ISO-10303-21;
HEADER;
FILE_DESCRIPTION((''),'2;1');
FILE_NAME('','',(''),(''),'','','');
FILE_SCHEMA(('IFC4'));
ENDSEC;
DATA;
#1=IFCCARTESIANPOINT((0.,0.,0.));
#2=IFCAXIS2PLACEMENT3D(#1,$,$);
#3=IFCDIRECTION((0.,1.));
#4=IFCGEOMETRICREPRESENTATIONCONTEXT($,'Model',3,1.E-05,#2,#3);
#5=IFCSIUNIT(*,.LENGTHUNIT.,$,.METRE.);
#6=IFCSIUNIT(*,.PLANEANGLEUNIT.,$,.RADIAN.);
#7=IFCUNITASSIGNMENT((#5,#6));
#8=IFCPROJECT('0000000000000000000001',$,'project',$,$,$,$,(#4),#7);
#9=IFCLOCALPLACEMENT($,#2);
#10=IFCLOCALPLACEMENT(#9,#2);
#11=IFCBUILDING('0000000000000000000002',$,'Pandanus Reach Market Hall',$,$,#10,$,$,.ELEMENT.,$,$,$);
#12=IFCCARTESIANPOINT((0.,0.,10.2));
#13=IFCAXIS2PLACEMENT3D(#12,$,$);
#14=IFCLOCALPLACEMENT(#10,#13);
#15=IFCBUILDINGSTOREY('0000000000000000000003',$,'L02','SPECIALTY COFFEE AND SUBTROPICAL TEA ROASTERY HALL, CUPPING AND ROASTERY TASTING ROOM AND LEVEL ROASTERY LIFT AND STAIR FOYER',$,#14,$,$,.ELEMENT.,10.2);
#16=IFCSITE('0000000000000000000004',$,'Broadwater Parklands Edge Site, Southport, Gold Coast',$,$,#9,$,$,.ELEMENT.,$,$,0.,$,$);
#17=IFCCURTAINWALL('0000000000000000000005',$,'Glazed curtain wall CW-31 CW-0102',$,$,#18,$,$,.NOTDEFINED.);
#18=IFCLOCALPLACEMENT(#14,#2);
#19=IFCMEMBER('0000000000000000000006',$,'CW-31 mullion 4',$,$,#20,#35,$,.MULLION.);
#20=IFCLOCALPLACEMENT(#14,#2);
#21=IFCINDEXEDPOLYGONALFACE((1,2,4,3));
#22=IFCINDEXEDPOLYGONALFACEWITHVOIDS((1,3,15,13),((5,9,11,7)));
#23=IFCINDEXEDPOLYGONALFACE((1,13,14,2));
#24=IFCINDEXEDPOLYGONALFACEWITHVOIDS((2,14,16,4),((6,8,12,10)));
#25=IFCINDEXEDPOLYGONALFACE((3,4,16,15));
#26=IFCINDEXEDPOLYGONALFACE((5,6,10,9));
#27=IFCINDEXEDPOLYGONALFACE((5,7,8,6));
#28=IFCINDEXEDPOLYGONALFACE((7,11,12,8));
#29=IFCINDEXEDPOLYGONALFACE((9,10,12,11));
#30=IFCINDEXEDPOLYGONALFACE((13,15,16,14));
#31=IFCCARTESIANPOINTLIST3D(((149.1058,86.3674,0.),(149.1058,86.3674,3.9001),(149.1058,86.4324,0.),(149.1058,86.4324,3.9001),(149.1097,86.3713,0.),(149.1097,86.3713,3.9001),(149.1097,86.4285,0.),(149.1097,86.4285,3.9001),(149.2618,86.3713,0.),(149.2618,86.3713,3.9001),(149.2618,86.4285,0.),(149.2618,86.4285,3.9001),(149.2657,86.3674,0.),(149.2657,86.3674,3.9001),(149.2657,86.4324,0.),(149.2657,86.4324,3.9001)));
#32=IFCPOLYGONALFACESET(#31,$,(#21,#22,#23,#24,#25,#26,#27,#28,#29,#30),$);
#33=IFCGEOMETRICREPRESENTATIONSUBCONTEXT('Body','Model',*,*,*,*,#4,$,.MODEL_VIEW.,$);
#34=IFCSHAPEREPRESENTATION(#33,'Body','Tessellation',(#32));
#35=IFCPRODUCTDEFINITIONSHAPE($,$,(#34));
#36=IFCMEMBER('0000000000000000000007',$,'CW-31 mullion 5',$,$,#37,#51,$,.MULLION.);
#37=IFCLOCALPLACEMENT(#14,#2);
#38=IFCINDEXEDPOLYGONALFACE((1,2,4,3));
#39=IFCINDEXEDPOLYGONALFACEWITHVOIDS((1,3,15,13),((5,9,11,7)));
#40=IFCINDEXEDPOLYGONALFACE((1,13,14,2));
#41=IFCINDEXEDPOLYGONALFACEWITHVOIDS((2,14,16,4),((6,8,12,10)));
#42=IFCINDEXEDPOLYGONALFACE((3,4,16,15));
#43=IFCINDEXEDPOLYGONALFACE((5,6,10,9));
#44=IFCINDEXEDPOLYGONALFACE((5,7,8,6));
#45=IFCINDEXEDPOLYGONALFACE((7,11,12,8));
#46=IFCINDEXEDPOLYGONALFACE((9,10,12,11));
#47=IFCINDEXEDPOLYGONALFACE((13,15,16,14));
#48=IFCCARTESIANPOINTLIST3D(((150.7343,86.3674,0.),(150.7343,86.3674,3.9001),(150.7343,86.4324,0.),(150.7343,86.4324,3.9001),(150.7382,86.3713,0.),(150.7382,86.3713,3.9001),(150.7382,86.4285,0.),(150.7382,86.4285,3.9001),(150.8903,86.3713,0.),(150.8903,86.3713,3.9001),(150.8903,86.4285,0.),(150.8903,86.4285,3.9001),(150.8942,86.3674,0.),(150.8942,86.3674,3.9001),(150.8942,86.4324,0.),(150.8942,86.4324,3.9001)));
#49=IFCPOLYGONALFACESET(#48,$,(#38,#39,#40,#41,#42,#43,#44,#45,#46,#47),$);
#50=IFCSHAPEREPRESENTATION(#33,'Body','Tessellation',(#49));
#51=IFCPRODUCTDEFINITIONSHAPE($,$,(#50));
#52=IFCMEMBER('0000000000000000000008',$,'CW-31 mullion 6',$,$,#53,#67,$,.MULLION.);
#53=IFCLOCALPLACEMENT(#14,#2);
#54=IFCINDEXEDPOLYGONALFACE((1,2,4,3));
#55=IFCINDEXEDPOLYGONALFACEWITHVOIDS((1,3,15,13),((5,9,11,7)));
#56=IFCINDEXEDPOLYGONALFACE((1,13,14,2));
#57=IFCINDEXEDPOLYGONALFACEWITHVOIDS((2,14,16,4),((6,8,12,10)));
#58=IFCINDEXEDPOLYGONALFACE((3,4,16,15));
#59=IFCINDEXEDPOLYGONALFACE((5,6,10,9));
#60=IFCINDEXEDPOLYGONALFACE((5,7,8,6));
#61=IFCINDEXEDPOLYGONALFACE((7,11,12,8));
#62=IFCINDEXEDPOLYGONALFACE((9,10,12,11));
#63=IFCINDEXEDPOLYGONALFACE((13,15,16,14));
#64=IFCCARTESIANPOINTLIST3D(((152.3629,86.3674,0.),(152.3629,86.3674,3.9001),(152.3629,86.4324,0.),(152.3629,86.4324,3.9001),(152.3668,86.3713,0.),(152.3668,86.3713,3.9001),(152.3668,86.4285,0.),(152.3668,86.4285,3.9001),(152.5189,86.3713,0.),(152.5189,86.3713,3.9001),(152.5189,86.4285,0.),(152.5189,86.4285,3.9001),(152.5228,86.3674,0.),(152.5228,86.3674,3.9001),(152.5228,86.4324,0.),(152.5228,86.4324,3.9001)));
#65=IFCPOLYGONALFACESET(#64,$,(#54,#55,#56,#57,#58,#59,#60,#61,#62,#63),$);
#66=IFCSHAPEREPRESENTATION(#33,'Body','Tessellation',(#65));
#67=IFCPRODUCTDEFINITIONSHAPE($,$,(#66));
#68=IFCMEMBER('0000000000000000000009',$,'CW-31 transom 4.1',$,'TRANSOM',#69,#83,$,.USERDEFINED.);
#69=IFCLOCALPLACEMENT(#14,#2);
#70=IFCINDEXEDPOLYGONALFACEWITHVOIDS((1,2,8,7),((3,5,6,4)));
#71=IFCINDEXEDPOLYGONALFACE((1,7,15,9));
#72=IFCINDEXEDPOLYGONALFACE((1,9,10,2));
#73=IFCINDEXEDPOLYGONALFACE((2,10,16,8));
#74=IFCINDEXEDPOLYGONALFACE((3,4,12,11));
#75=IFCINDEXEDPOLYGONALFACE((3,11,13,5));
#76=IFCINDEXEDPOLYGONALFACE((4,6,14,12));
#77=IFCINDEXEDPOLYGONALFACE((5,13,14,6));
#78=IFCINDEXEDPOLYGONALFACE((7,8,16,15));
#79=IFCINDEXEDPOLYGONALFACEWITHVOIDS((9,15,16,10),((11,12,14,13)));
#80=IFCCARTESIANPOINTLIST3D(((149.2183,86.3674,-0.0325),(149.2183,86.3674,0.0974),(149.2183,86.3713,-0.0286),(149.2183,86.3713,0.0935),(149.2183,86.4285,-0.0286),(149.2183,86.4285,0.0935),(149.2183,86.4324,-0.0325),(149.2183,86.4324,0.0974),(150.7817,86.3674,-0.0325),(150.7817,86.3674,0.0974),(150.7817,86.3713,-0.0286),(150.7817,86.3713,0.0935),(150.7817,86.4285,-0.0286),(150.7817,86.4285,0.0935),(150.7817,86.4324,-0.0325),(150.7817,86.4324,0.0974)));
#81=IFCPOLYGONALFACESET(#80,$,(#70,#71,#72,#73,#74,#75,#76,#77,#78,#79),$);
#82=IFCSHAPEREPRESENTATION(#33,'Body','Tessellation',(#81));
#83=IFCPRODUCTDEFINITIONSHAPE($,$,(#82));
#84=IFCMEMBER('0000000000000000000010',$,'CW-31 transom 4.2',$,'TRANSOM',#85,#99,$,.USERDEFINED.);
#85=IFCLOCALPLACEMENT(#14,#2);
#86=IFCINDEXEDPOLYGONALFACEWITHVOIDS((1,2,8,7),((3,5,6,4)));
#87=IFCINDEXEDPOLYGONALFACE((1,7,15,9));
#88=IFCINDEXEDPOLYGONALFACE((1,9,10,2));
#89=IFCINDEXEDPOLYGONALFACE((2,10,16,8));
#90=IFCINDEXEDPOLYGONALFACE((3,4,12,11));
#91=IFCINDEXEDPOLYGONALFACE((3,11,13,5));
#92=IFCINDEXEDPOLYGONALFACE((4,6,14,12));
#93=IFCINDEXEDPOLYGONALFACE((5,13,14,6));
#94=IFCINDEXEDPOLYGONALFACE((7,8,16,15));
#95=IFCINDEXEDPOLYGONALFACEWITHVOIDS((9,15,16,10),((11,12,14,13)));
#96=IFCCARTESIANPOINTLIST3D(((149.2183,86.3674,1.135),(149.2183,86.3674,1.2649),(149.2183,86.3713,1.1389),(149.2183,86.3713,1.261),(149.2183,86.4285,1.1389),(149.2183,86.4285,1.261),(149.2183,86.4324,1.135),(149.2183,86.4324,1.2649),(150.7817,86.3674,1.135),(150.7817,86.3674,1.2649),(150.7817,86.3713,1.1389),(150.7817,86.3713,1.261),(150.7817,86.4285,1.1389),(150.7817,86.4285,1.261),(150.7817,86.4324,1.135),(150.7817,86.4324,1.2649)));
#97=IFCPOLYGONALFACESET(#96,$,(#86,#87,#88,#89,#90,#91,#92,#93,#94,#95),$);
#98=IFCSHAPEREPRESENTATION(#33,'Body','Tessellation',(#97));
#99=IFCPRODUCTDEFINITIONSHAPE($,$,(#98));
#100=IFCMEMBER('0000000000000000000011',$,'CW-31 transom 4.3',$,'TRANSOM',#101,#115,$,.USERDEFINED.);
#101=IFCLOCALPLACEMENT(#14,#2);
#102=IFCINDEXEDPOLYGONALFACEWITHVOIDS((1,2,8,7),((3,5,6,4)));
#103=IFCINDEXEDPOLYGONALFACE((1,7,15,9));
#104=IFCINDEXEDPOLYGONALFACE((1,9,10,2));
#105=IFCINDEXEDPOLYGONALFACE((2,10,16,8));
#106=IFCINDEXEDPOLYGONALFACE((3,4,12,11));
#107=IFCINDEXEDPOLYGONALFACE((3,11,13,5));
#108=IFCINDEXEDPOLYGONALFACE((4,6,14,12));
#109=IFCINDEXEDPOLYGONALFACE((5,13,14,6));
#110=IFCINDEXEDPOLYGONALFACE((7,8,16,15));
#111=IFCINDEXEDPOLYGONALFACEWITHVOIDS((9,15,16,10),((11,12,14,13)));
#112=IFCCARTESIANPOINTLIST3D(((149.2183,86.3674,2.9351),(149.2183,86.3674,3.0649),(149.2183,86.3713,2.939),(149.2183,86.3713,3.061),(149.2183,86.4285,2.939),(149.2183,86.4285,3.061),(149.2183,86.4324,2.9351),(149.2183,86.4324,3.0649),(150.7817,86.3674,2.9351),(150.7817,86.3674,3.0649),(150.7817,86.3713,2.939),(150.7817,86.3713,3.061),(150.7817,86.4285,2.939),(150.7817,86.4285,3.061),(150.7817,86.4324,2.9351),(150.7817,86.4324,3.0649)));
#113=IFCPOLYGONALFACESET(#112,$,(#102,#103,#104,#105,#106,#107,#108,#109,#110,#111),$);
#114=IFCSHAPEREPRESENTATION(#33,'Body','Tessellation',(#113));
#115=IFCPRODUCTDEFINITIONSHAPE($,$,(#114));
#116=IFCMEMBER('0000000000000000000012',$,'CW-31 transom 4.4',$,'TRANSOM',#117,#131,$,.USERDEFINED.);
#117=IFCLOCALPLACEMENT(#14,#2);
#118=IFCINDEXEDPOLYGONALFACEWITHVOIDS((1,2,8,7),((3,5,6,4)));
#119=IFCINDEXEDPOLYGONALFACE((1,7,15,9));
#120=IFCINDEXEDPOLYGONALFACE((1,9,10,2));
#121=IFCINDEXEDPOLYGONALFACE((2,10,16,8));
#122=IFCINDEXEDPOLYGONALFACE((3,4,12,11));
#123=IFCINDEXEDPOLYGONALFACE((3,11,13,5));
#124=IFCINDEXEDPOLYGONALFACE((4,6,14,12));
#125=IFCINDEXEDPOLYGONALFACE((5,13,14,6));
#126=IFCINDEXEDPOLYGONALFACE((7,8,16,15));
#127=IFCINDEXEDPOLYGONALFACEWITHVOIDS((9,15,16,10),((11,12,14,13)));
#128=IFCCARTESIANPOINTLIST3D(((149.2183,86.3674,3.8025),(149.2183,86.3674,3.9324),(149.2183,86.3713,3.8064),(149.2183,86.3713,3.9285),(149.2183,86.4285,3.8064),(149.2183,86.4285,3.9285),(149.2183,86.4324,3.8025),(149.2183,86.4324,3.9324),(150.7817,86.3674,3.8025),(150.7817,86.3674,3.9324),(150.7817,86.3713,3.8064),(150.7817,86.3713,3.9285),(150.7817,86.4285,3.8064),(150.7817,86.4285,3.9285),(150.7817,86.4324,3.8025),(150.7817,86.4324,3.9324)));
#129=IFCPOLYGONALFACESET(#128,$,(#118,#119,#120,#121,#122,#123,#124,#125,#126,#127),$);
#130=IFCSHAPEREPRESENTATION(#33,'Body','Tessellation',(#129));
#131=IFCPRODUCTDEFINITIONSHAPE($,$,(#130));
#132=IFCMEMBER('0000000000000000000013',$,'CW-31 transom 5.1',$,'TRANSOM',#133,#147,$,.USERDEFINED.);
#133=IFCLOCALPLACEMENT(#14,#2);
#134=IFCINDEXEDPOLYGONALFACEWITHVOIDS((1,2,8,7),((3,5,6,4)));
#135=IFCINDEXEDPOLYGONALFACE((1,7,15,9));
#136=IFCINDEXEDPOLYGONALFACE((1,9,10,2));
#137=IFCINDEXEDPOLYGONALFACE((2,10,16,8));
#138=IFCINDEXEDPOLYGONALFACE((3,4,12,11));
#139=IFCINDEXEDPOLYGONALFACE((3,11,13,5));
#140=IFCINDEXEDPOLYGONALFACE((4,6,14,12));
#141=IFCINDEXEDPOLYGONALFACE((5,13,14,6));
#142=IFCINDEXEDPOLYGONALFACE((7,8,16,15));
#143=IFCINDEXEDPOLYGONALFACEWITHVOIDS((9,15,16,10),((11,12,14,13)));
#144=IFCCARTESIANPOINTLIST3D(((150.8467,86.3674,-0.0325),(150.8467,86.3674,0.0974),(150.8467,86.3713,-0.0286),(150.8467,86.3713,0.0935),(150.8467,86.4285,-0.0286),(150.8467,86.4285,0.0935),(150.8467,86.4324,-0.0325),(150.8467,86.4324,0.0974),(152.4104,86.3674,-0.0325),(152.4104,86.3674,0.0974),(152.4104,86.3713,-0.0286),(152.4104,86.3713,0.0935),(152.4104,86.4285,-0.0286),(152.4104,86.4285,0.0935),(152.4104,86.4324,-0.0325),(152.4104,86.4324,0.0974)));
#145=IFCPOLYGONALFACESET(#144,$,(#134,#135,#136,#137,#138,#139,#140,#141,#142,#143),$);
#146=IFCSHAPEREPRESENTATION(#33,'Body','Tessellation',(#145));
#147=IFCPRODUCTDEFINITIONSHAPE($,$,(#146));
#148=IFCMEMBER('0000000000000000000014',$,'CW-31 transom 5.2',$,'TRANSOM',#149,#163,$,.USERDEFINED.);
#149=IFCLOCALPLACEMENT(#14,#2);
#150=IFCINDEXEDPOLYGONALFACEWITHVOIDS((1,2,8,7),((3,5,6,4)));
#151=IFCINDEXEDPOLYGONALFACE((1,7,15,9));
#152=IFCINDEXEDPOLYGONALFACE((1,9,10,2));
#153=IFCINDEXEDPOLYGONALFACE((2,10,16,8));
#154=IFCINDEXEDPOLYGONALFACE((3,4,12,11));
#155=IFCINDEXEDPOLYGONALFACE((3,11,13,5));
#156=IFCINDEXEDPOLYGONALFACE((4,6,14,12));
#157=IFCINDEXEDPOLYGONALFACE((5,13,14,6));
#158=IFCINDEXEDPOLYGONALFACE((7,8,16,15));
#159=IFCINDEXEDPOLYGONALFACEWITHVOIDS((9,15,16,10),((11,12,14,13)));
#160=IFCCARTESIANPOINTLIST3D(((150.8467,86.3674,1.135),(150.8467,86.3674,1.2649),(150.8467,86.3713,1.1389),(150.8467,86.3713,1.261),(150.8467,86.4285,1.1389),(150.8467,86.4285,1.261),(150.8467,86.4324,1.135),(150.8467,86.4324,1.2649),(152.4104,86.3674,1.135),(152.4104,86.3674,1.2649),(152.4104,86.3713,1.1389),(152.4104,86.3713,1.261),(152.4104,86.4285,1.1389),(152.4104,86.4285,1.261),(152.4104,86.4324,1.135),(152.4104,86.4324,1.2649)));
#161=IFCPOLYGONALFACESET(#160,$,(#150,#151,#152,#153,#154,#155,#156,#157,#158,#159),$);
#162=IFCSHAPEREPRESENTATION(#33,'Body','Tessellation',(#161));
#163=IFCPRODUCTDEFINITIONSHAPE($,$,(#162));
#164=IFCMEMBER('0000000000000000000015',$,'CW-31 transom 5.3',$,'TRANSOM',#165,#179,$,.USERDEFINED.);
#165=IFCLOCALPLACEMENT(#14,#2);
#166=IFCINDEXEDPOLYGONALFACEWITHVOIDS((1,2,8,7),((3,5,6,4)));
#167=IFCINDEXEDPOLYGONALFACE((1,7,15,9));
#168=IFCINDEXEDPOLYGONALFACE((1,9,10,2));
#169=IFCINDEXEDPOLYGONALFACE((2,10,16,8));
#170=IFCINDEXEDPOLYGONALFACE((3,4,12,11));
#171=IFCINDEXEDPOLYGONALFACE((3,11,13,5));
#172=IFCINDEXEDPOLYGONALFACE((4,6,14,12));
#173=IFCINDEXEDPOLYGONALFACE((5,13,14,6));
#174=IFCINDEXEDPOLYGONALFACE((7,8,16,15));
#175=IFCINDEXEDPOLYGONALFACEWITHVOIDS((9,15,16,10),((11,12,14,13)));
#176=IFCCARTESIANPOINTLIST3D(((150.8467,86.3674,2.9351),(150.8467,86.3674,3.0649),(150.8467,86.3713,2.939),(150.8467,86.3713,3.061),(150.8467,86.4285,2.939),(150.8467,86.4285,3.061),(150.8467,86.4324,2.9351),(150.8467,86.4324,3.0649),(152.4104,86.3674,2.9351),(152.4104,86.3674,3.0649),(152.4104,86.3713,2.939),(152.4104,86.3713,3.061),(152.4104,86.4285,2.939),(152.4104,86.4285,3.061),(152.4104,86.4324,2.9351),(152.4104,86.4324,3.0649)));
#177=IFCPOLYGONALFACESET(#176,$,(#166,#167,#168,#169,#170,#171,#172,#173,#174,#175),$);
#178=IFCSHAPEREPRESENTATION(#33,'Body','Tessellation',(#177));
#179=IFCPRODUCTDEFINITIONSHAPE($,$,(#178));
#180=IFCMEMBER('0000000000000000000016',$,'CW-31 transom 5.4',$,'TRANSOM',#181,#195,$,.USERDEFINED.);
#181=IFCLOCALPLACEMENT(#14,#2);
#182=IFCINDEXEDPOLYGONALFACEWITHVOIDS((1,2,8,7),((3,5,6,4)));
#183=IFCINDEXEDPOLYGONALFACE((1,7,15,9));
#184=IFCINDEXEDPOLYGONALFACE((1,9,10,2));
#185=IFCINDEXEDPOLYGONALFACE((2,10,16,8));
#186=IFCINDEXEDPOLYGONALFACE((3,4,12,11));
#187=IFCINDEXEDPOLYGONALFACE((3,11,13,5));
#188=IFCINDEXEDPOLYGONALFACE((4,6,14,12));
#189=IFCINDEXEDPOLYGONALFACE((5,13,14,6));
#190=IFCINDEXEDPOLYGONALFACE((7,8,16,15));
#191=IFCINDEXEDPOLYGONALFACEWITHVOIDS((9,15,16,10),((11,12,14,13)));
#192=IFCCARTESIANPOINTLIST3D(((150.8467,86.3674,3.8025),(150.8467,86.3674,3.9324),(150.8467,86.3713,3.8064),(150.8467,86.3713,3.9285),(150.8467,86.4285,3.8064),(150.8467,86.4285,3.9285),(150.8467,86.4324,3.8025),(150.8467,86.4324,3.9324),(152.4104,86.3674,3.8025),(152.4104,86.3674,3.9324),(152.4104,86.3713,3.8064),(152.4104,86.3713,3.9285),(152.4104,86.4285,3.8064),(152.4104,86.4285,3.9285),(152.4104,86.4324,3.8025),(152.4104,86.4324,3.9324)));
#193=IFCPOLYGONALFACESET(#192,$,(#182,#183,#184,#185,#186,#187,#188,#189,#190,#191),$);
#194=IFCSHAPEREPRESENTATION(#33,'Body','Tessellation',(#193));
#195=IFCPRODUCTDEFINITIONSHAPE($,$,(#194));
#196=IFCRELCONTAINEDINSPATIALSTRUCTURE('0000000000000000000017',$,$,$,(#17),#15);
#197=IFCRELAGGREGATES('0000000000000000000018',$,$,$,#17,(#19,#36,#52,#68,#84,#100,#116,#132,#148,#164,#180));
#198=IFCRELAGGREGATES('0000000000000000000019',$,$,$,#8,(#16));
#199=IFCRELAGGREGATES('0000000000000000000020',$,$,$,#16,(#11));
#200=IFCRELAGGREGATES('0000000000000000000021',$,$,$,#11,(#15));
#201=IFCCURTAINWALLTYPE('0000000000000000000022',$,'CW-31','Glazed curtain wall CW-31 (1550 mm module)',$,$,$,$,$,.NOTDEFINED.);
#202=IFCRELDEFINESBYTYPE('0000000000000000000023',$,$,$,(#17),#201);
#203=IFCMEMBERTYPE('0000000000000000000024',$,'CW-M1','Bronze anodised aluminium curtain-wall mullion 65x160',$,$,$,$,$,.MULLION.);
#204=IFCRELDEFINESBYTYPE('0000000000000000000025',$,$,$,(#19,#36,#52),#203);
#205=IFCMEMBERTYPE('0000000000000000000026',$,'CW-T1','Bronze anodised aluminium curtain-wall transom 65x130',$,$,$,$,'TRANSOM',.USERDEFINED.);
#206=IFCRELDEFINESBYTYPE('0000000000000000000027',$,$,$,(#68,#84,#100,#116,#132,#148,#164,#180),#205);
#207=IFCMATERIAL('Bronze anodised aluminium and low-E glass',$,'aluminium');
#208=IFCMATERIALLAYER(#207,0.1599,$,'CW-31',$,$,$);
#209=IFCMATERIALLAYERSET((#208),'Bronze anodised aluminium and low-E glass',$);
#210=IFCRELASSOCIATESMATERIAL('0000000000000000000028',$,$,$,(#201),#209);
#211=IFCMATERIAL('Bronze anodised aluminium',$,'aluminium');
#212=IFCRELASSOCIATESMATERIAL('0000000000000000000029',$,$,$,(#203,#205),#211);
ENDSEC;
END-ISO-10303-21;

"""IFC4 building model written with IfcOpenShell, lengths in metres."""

from ifc_helpers import new_model, si_unit, direction, frame, origin, origin_2d, place, context, subcontext, project, spatial, hollow_rectangle, extrude, material, layer, layer_set, material_profile, profile_set, type_object, element, aggregate, save


model = new_model("IFC4")

# Units and contexts
model_context = context("Model", 3, precision=1e-05, world=origin(), true_north=direction((0.0, 1.0)))
body_context = subcontext(model_context, "Body", "Model", "MODEL_VIEW")
ifc_project = project(units=[si_unit("LENGTHUNIT", "METRE"), si_unit("PLANEANGLEUNIT", "RADIAN")], contexts=[model_context])

# Site, building, storey
site_placement = place(None, origin())
site = spatial("IfcSite", under=ifc_project, at=site_placement, Name="Broadwater Parklands Edge Site, Southport, Gold Coast", CompositionType="ELEMENT", RefElevation=0.0)
building_placement = place(site_placement, origin())
building = spatial("IfcBuilding", under=site, at=building_placement, Name="Pandanus Reach Market Hall", CompositionType="ELEMENT")
storey_placement = place(building_placement, frame((0.0, 0.0, 10.2)))
storey = spatial("IfcBuildingStorey", under=building, at=storey_placement, Name="L02", Description="SPECIALTY COFFEE AND SUBTROPICAL TEA ROASTERY HALL, CUPPING AND ROASTERY TASTING ROOM AND LEVEL ROASTERY LIFT AND STAIR FOYER", CompositionType="ELEMENT", Elevation=10.2)

# Curtain wall, members
ifc_material_1 = material(Name="Bronze anodised aluminium and low-E glass", Category="aluminium")
ifc_layer_1 = layer(ifc_material_1, 0.1599, Name="CW-31")
ifc_layer_set_1 = layer_set([ifc_layer_1], Name="Bronze anodised aluminium and low-E glass")
curtain_wall_type = type_object("IfcCurtainWallType", Name="CW-31", Description="Glazed curtain wall CW-31 (1550 mm module)", PredefinedType="NOTDEFINED", material=ifc_layer_set_1)
curtain_wall_placement = place(storey_placement, origin())
curtain_wall = element("IfcCurtainWall", 1, at=curtain_wall_placement, inside=storey, type_object=curtain_wall_type, Name="Glazed curtain wall CW-31 CW-0102", PredefinedType="NOTDEFINED")
ifc_material_2 = material(Name="Bronze anodised aluminium", Category="aluminium")
ifc_material_profile_1 = material_profile(ifc_material_2, hollow_rectangle(XDim=0.0649, YDim=0.1599, WallThickness=0.0039, at=origin_2d()), Name="ALU65x160", Category="LoadBearing")
ifc_profile_set_1 = profile_set([ifc_material_profile_1], Name="Bronze anodised aluminium")
member_type_1 = type_object("IfcMemberType", Name="CW-M1", Description="Bronze anodised aluminium curtain-wall mullion 65x160", PredefinedType="MULLION", material=ifc_profile_set_1)
member_1_placement = place(storey_placement, frame((149.1858, 86.3999, 0.0), z_axis=(0.0, 0.0, 1.0), x_axis=(0.0, 1.0, 0.0)))
member_1 = element("IfcMember", 2, at=member_1_placement, type_object=member_type_1, Name="CW-31 mullion 4", PredefinedType="MULLION", context=body_context, shape_type="SweptSolid", body=[
    extrude(hollow_rectangle(XDim=0.0649, YDim=0.1599, WallThickness=0.0039, at=origin_2d()), origin(), (0.0, 0.0, 1.0), 3.9001),
])
member_2_placement = place(storey_placement, frame((150.8142, 86.3999, 0.0), z_axis=(0.0, 0.0, 1.0), x_axis=(0.0, 1.0, 0.0)))
member_2 = element("IfcMember", 3, at=member_2_placement, type_object=member_type_1, Name="CW-31 mullion 5", PredefinedType="MULLION", context=body_context, shape_type="SweptSolid", body=[
    extrude(hollow_rectangle(XDim=0.0649, YDim=0.1599, WallThickness=0.0039, at=origin_2d()), origin(), (0.0, 0.0, 1.0), 3.9001),
])
member_3_placement = place(storey_placement, frame((152.4429, 86.3999, 0.0), z_axis=(0.0, 0.0, 1.0), x_axis=(0.0, 1.0, 0.0)))
member_3 = element("IfcMember", 4, at=member_3_placement, type_object=member_type_1, Name="CW-31 mullion 6", PredefinedType="MULLION", context=body_context, shape_type="SweptSolid", body=[
    extrude(hollow_rectangle(XDim=0.0649, YDim=0.1599, WallThickness=0.0039, at=origin_2d()), origin(), (0.0, 0.0, 1.0), 3.9001),
])
ifc_material_profile_2 = material_profile(ifc_material_2, hollow_rectangle(XDim=0.0649, YDim=0.1299, WallThickness=0.0039, at=origin_2d()), Name="ALU65x130", Category="LoadBearing")
ifc_profile_set_2 = profile_set([ifc_material_profile_2], Name="Bronze anodised aluminium")
member_type_2 = type_object("IfcMemberType", Name="CW-T1", Description="Bronze anodised aluminium curtain-wall transom 65x130", ElementType="TRANSOM", PredefinedType="USERDEFINED", material=ifc_profile_set_2)
member_4_placement = place(storey_placement, frame((149.2183, 86.3999, 0.0325), z_axis=(1.0, 0.0, 0.0), x_axis=(0.0, 1.0, 0.0)))
member_4 = element("IfcMember", 5, at=member_4_placement, type_object=member_type_2, Name="CW-31 transom 4.1", ObjectType="TRANSOM", PredefinedType="USERDEFINED", context=body_context, shape_type="SweptSolid", body=[
    extrude(hollow_rectangle(XDim=0.0649, YDim=0.1299, WallThickness=0.0039, at=origin_2d()), origin(), (0.0, 0.0, 1.0), 1.5635),
])
member_5_placement = place(storey_placement, frame((149.2183, 86.3999, 1.2), z_axis=(1.0, 0.0, 0.0), x_axis=(0.0, 1.0, 0.0)))
member_5 = element("IfcMember", 6, at=member_5_placement, type_object=member_type_2, Name="CW-31 transom 4.2", ObjectType="TRANSOM", PredefinedType="USERDEFINED", context=body_context, shape_type="SweptSolid", body=[
    extrude(hollow_rectangle(XDim=0.0649, YDim=0.1299, WallThickness=0.0039, at=origin_2d()), origin(), (0.0, 0.0, 1.0), 1.5635),
])
member_6_placement = place(storey_placement, frame((149.2183, 86.3999, 3.0), z_axis=(1.0, 0.0, 0.0), x_axis=(0.0, 1.0, 0.0)))
member_6 = element("IfcMember", 7, at=member_6_placement, type_object=member_type_2, Name="CW-31 transom 4.3", ObjectType="TRANSOM", PredefinedType="USERDEFINED", context=body_context, shape_type="SweptSolid", body=[
    extrude(hollow_rectangle(XDim=0.0649, YDim=0.1299, WallThickness=0.0039, at=origin_2d()), origin(), (0.0, 0.0, 1.0), 1.5635),
])
member_7_placement = place(storey_placement, frame((149.2183, 86.3999, 3.8674), z_axis=(1.0, 0.0, 0.0), x_axis=(0.0, 1.0, 0.0)))
member_7 = element("IfcMember", 8, at=member_7_placement, type_object=member_type_2, Name="CW-31 transom 4.4", ObjectType="TRANSOM", PredefinedType="USERDEFINED", context=body_context, shape_type="SweptSolid", body=[
    extrude(hollow_rectangle(XDim=0.0649, YDim=0.1299, WallThickness=0.0039, at=origin_2d()), origin(), (0.0, 0.0, 1.0), 1.5635),
])
member_8_placement = place(storey_placement, frame((150.8467, 86.3999, 0.0325), z_axis=(1.0, 0.0, 0.0), x_axis=(0.0, 1.0, 0.0)))
member_8 = element("IfcMember", 9, at=member_8_placement, type_object=member_type_2, Name="CW-31 transom 5.1", ObjectType="TRANSOM", PredefinedType="USERDEFINED", context=body_context, shape_type="SweptSolid", body=[
    extrude(hollow_rectangle(XDim=0.0649, YDim=0.1299, WallThickness=0.0039, at=origin_2d()), origin(), (0.0, 0.0, 1.0), 1.5637),
])
member_9_placement = place(storey_placement, frame((150.8467, 86.3999, 1.2), z_axis=(1.0, 0.0, 0.0), x_axis=(0.0, 1.0, 0.0)))
member_9 = element("IfcMember", 10, at=member_9_placement, type_object=member_type_2, Name="CW-31 transom 5.2", ObjectType="TRANSOM", PredefinedType="USERDEFINED", context=body_context, shape_type="SweptSolid", body=[
    extrude(hollow_rectangle(XDim=0.0649, YDim=0.1299, WallThickness=0.0039, at=origin_2d()), origin(), (0.0, 0.0, 1.0), 1.5637),
])
member_10_placement = place(storey_placement, frame((150.8467, 86.3999, 3.0), z_axis=(1.0, 0.0, 0.0), x_axis=(0.0, 1.0, 0.0)))
member_10 = element("IfcMember", 11, at=member_10_placement, type_object=member_type_2, Name="CW-31 transom 5.3", ObjectType="TRANSOM", PredefinedType="USERDEFINED", context=body_context, shape_type="SweptSolid", body=[
    extrude(hollow_rectangle(XDim=0.0649, YDim=0.1299, WallThickness=0.0039, at=origin_2d()), origin(), (0.0, 0.0, 1.0), 1.5637),
])
member_11_placement = place(storey_placement, frame((150.8467, 86.3999, 3.8674), z_axis=(1.0, 0.0, 0.0), x_axis=(0.0, 1.0, 0.0)))
member_11 = element("IfcMember", 12, at=member_11_placement, type_object=member_type_2, Name="CW-31 transom 5.4", ObjectType="TRANSOM", PredefinedType="USERDEFINED", context=body_context, shape_type="SweptSolid", body=[
    extrude(hollow_rectangle(XDim=0.0649, YDim=0.1299, WallThickness=0.0039, at=origin_2d()), origin(), (0.0, 0.0, 1.0), 1.5637),
])
aggregate(curtain_wall, [member_1, member_2, member_3, member_4, member_5, member_6, member_7, member_8, member_9, member_10, member_11])

save(model, "model.ifc")
